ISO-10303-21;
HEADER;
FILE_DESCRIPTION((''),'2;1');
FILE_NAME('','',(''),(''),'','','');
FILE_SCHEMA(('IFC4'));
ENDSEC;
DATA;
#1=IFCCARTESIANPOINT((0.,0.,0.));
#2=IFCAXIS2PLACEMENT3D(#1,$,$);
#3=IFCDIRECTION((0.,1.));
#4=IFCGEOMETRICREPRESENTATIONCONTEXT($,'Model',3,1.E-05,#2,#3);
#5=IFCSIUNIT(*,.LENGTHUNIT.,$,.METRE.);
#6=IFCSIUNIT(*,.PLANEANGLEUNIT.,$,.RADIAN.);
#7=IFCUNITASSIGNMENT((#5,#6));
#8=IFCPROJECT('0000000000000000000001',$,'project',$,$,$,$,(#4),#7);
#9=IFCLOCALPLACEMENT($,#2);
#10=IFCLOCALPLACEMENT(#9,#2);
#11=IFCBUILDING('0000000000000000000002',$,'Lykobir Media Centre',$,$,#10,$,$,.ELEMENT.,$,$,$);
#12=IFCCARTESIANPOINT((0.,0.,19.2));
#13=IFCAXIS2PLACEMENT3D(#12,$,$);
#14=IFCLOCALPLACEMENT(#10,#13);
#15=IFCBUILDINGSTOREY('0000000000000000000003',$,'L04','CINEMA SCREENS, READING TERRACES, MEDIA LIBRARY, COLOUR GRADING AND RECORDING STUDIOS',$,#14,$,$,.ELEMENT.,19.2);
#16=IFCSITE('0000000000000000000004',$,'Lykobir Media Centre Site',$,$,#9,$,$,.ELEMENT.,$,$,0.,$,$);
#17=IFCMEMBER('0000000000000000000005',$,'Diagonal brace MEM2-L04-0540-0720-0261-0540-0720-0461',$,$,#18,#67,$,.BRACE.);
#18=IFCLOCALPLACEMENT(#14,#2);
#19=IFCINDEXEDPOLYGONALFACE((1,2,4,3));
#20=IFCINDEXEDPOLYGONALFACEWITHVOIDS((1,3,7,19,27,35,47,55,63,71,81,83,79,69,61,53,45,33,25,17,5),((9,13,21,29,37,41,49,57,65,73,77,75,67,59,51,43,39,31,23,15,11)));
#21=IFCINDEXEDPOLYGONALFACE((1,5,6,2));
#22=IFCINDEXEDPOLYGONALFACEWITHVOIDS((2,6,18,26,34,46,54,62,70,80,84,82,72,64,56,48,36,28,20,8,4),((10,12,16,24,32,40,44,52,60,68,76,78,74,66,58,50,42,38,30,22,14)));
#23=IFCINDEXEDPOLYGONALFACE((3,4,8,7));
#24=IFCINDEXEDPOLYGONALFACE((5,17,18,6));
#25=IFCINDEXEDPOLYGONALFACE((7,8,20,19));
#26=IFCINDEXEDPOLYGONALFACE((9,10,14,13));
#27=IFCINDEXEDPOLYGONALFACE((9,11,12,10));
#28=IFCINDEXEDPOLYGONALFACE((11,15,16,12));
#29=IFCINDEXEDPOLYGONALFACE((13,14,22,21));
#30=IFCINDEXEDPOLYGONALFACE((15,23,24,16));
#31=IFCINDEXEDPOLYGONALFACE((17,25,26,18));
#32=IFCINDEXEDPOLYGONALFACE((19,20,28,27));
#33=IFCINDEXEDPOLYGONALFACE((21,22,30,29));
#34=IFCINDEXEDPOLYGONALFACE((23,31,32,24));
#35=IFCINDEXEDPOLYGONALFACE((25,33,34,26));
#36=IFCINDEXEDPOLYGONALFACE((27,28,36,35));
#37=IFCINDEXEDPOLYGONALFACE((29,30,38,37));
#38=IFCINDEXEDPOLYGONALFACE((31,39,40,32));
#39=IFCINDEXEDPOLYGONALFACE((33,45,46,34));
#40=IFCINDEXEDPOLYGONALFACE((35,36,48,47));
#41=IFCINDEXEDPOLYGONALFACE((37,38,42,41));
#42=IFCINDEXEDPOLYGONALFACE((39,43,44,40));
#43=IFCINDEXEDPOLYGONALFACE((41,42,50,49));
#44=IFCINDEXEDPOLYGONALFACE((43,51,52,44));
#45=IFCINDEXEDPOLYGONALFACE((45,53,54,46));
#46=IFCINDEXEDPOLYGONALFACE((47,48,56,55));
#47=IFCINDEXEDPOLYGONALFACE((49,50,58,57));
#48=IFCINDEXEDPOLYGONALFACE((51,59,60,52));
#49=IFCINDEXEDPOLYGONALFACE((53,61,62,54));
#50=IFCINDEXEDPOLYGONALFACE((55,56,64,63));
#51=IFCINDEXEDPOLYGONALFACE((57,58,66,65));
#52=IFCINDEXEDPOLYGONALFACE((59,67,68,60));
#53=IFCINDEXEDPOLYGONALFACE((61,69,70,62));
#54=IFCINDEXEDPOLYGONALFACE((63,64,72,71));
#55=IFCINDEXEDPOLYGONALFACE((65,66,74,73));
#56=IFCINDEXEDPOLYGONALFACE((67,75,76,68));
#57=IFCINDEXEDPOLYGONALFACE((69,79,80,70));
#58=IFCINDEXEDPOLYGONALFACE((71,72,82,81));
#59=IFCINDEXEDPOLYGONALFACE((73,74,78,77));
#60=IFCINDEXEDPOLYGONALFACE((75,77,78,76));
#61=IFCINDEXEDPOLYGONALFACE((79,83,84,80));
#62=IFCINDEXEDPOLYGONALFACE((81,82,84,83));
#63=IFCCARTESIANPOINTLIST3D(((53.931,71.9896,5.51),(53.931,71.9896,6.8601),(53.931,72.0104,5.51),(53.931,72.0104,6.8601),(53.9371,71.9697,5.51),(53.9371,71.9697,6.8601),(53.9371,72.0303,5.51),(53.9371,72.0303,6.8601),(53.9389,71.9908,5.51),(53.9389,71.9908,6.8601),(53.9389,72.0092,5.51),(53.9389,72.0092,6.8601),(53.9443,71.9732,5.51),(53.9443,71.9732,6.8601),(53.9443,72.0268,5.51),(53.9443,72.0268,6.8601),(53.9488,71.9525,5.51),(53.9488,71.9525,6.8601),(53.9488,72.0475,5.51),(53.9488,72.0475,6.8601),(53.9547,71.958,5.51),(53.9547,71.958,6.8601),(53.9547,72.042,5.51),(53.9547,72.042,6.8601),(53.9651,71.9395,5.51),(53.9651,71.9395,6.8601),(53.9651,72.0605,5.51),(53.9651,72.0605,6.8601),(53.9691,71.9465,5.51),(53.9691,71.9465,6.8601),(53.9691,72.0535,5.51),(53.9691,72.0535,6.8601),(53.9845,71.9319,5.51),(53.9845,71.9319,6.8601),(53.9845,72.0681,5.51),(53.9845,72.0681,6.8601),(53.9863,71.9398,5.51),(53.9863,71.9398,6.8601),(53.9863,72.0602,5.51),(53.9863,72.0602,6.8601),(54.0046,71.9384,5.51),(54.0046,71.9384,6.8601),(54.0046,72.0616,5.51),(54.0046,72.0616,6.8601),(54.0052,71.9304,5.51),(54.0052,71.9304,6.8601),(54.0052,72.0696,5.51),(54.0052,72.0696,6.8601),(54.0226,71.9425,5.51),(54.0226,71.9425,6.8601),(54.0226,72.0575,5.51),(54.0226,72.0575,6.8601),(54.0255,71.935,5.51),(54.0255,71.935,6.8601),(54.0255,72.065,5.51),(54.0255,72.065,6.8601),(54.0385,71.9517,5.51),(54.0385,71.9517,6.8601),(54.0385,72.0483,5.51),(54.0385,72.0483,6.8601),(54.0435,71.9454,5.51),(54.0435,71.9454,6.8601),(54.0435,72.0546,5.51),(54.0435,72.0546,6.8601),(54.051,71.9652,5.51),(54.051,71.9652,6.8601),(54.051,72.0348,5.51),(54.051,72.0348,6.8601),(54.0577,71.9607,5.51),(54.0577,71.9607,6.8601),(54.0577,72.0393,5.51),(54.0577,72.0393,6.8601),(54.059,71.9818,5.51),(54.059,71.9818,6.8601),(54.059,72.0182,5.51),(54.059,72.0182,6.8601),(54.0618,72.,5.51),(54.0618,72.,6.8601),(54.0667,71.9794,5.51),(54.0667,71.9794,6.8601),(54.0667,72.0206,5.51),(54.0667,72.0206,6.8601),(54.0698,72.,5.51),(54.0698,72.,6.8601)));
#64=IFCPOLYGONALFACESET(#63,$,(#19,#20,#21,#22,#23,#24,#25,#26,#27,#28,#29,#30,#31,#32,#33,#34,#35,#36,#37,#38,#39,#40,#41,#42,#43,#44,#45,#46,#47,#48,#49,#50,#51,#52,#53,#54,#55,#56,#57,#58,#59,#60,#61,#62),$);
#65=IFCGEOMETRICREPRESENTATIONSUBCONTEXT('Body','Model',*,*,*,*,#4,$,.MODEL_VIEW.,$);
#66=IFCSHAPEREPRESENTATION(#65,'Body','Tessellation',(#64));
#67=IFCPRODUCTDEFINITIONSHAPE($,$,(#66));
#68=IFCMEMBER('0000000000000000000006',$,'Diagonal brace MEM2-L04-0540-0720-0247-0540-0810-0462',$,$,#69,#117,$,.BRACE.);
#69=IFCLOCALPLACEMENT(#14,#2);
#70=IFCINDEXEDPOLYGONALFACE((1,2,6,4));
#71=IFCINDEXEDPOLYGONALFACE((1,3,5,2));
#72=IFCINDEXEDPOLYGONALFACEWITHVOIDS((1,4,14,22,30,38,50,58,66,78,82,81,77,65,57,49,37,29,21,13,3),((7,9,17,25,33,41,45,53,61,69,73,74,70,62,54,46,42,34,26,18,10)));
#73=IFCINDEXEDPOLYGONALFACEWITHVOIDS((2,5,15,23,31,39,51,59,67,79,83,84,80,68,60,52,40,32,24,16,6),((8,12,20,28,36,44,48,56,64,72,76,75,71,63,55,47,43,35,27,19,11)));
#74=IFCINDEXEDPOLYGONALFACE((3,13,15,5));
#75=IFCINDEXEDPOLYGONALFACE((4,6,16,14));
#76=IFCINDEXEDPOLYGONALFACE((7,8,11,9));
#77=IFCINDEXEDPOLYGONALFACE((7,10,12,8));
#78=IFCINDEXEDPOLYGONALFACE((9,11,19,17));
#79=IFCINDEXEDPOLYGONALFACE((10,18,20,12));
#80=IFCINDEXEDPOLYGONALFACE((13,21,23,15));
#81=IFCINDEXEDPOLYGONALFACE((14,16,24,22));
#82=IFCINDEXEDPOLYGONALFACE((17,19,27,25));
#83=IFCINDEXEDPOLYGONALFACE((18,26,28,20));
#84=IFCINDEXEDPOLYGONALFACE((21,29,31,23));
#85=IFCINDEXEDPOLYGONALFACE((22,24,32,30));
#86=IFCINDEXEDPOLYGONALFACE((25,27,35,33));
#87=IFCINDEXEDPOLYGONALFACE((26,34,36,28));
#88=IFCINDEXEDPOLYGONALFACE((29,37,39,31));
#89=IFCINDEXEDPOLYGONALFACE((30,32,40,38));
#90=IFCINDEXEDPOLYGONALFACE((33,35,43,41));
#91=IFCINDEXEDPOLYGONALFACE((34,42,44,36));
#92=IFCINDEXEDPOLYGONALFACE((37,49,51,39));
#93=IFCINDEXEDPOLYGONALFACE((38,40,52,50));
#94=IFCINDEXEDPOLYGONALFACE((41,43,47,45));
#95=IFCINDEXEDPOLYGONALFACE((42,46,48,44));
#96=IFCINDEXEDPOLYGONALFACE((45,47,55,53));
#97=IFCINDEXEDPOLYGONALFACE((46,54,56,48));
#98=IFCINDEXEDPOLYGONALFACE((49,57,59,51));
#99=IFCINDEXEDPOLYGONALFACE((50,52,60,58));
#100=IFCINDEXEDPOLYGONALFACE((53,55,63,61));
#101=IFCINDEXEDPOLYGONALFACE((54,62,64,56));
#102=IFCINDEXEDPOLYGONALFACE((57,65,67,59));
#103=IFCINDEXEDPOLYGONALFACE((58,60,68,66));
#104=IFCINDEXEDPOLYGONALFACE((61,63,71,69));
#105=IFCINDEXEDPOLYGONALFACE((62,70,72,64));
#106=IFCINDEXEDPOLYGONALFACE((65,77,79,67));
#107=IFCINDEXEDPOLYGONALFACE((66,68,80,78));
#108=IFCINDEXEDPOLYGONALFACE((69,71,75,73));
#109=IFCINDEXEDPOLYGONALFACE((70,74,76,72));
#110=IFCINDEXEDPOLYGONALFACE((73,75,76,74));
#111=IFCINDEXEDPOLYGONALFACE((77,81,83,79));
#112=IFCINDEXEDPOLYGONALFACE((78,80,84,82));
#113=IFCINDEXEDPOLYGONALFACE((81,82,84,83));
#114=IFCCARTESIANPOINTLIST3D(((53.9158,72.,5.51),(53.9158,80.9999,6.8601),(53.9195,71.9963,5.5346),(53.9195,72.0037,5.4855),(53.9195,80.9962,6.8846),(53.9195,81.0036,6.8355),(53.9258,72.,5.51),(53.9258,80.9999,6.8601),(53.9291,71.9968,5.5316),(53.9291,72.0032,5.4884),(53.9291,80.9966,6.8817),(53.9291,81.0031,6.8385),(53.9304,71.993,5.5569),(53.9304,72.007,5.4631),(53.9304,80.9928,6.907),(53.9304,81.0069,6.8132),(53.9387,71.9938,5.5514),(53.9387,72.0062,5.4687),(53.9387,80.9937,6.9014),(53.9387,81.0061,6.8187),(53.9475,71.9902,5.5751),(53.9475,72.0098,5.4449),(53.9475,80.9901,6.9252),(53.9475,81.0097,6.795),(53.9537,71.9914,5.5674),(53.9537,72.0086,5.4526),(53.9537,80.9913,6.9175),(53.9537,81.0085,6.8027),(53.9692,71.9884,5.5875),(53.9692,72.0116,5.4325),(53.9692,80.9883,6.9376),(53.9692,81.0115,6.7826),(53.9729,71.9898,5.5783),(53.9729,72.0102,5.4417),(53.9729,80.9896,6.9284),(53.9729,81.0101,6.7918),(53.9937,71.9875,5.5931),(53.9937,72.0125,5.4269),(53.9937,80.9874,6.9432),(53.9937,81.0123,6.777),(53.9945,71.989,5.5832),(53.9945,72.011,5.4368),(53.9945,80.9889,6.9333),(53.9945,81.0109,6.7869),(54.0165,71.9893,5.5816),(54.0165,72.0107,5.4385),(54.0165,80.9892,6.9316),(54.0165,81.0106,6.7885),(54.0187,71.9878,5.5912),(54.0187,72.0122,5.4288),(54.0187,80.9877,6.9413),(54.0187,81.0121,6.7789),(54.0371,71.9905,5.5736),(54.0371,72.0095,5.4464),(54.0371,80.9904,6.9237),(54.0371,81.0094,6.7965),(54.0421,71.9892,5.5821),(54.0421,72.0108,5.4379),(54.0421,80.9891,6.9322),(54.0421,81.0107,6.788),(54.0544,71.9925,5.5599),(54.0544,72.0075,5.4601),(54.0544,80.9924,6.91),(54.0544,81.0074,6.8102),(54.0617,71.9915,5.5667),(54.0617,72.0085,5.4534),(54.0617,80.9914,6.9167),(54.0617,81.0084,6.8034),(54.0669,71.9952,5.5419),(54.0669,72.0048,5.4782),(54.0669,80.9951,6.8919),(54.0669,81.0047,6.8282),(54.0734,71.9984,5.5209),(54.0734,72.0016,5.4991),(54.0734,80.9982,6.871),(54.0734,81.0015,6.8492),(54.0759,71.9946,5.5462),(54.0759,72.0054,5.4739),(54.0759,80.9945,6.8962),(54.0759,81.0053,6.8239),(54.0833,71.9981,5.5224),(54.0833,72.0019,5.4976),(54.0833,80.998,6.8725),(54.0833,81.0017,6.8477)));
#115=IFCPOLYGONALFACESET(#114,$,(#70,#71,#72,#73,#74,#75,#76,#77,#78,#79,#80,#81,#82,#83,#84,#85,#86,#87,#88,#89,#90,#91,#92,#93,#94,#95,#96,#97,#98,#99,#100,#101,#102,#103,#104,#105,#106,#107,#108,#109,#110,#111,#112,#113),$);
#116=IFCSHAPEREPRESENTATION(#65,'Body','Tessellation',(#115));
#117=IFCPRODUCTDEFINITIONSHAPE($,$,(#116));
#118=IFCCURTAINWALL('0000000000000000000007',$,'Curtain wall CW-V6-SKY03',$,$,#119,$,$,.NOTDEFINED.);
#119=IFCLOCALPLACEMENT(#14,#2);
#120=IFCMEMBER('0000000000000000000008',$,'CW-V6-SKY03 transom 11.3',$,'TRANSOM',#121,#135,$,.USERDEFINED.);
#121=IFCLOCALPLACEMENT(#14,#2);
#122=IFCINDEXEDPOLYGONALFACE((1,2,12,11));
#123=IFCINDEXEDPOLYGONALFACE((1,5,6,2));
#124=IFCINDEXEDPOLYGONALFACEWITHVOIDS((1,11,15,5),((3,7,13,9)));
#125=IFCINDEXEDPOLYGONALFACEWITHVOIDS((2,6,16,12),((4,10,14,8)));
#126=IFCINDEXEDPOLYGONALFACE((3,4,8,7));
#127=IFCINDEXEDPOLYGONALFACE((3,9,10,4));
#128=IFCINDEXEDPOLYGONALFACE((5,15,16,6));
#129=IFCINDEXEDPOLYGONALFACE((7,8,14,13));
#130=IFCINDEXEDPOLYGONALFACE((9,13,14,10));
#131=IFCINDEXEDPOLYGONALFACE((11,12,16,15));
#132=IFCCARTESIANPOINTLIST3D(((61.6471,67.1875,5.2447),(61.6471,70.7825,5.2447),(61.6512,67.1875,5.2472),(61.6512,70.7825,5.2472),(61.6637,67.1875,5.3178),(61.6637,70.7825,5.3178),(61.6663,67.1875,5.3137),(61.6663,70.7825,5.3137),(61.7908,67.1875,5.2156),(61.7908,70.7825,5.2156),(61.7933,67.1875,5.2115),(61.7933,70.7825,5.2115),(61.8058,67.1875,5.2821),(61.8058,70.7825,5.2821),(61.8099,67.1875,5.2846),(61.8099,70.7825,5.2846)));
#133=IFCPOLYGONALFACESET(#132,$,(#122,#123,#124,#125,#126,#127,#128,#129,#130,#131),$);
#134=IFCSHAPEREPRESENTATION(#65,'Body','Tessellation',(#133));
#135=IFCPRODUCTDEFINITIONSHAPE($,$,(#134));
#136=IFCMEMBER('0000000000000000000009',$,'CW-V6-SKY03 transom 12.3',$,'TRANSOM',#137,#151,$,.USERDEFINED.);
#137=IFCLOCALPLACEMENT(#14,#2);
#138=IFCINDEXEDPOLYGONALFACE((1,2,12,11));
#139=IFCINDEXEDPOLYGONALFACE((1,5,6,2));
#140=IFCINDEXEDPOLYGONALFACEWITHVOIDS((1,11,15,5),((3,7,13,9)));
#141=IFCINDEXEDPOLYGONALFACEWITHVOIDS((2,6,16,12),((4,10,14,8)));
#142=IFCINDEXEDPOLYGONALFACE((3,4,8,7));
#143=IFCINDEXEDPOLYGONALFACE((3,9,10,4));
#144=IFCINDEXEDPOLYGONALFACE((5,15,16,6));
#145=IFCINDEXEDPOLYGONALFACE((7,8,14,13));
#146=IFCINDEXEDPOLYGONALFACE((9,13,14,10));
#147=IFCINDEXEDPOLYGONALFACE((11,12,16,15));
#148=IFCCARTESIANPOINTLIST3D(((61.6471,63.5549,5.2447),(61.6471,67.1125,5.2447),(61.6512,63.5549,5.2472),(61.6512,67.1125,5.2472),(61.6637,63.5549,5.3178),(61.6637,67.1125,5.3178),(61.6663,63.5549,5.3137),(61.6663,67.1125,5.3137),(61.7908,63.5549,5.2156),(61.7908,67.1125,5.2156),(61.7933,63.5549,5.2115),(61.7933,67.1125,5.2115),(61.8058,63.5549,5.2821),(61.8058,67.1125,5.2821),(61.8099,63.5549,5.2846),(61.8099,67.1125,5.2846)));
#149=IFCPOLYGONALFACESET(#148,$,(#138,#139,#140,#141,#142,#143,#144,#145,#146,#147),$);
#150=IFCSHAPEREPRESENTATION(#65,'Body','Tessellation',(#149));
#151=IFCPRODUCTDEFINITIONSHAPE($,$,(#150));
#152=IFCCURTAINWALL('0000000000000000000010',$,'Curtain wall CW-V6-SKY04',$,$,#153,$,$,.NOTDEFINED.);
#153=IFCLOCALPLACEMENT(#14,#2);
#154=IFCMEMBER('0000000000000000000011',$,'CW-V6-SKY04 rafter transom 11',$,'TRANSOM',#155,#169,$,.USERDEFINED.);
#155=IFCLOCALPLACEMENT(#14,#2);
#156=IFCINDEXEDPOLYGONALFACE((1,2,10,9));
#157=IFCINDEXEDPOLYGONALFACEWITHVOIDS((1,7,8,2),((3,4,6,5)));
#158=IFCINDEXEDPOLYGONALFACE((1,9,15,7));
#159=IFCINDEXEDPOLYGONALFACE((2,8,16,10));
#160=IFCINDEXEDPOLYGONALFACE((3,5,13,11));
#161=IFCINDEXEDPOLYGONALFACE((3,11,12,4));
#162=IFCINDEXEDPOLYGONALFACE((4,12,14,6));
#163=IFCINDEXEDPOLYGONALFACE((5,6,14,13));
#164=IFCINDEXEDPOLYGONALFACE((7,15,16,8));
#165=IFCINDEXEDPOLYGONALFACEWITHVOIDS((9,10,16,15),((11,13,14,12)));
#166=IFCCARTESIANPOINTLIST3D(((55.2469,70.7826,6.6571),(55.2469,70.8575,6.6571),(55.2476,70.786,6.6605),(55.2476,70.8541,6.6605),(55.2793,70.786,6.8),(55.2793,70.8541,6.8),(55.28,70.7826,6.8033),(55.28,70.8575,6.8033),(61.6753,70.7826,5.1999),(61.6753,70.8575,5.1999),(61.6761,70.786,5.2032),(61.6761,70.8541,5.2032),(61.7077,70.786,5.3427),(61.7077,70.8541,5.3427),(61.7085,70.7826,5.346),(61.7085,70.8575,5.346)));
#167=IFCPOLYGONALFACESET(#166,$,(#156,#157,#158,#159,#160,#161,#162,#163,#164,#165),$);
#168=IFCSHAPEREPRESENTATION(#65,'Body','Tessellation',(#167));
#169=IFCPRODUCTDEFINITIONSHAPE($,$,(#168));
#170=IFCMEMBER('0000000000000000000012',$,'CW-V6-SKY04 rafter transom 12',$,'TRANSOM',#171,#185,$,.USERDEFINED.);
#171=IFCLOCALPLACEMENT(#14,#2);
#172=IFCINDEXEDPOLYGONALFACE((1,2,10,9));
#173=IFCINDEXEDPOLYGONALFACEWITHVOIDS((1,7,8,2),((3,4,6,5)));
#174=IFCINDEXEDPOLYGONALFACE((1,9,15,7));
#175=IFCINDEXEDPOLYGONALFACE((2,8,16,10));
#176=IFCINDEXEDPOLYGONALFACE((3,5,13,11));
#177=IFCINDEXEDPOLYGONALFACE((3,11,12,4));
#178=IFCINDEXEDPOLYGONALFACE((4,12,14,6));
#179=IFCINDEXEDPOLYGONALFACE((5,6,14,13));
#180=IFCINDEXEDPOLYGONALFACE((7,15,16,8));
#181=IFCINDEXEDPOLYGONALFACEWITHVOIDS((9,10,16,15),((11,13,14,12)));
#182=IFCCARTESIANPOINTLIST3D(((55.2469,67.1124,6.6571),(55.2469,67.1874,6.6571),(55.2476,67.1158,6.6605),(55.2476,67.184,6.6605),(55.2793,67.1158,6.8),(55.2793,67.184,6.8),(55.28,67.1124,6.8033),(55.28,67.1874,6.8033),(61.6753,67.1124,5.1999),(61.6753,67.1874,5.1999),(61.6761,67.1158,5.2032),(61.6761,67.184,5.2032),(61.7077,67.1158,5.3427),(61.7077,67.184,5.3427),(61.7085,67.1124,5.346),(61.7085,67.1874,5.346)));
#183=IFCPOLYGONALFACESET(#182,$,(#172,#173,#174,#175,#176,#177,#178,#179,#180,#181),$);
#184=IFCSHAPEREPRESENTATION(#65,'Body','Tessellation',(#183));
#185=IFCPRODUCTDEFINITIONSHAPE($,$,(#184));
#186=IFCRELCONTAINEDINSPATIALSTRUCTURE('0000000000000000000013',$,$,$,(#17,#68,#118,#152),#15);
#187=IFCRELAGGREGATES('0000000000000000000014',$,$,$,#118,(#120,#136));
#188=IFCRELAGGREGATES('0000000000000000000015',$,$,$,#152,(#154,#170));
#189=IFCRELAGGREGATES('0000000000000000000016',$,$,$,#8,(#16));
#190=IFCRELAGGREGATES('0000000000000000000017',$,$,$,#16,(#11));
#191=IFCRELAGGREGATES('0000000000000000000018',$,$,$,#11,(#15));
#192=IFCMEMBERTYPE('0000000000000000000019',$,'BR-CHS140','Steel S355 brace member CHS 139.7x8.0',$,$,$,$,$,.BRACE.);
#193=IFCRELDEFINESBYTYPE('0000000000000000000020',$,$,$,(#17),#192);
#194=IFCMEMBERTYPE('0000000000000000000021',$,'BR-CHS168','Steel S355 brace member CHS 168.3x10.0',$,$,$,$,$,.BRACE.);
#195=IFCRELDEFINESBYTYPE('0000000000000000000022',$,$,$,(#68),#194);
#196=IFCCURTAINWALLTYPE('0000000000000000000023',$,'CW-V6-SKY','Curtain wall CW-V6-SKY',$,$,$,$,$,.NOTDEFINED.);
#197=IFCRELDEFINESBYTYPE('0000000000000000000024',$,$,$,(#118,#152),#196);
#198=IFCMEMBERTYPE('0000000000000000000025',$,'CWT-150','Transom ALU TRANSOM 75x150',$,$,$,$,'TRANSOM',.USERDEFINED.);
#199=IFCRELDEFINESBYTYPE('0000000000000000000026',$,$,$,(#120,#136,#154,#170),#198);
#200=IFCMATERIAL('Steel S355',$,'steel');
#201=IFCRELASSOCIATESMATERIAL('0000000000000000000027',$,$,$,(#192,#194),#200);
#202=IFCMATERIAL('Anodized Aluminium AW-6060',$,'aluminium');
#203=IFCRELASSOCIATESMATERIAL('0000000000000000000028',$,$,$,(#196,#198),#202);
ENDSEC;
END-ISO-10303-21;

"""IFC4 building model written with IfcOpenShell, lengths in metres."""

from ifc_helpers import new_model, si_unit, direction, frame, origin, origin_2d, place, context, subcontext, project, spatial, hollow_rectangle, hollow_circle, extrude, material, material_profile, profile_set, type_object, element, aggregate, save


model = new_model("IFC4")

# Units and contexts
model_context = context("Model", 3, precision=1e-05, world=origin(), true_north=direction((0.0, 1.0)))
body_context = subcontext(model_context, "Body", "Model", "MODEL_VIEW")
ifc_project = project(units=[si_unit("LENGTHUNIT", "METRE"), si_unit("PLANEANGLEUNIT", "RADIAN")], contexts=[model_context])

# Site, building, storey
site_placement = place(None, origin())
site = spatial("IfcSite", under=ifc_project, at=site_placement, Name="Lykobir Media Centre Site", CompositionType="ELEMENT", RefElevation=0.0)
building_placement = place(site_placement, origin())
building = spatial("IfcBuilding", under=site, at=building_placement, Name="Lykobir Media Centre", CompositionType="ELEMENT")
storey_placement = place(building_placement, frame((0.0, 0.0, 19.2)))
storey = spatial("IfcBuildingStorey", under=building, at=storey_placement, Name="L04", Description="CINEMA SCREENS, READING TERRACES, MEDIA LIBRARY, COLOUR GRADING AND RECORDING STUDIOS", CompositionType="ELEMENT", Elevation=19.2)

# Members
ifc_material_1 = material(Name="Steel S355", Category="steel")
ifc_material_profile_1 = material_profile(ifc_material_1, hollow_circle(Radius=0.0698, WallThickness=0.0081, at=origin_2d()), Name="CHS 139.7x8.0")
ifc_profile_set_1 = profile_set([ifc_material_profile_1], Name="Steel S355")
member_type_1 = type_object("IfcMemberType", Name="BR-CHS140", Description="Steel S355 brace member CHS 139.7x8.0", PredefinedType="BRACE", material=ifc_profile_set_1)
member_1_placement = place(storey_placement, frame((54.0, 72.0, 6.8601), z_axis=(0.0, 0.0, -1.0), x_axis=(1.0, 0.0, 0.0)))
element("IfcMember", 1, at=member_1_placement, inside=storey, type_object=member_type_1, Name="Diagonal brace MEM2-L04-0540-0720-0261-0540-0720-0461", PredefinedType="BRACE", context=body_context, shape_type="SweptSolid", body=[
    extrude(hollow_circle(Radius=0.0698, WallThickness=0.0081, at=origin_2d()), origin(), (0.0, 0.0, 1.0), 1.3501),
])
ifc_material_profile_2 = material_profile(ifc_material_1, hollow_circle(Radius=0.0842, WallThickness=0.01, at=origin_2d()), Name="CHS 168.3x10.0")
ifc_profile_set_2 = profile_set([ifc_material_profile_2], Name="Steel S355")
member_type_2 = type_object("IfcMemberType", Name="BR-CHS168", Description="Steel S355 brace member CHS 168.3x10.0", PredefinedType="BRACE", material=ifc_profile_set_2)
member_2_placement = place(storey_placement, frame((54.0, 72.0, 5.51), z_axis=(0.0, 0.988935, 0.148351), x_axis=(-1.0, 0.0, 0.0)))
element("IfcMember", 2, at=member_2_placement, inside=storey, type_object=member_type_2, Name="Diagonal brace MEM2-L04-0540-0720-0247-0540-0810-0462", PredefinedType="BRACE", context=body_context, shape_type="SweptSolid", body=[
    extrude(hollow_circle(Radius=0.0842, WallThickness=0.01, at=origin_2d()), origin(), (0.0, 0.0, 1.0), 9.1006),
])

# Curtain walls, members
ifc_material_2 = material(Name="Anodized Aluminium AW-6060", Category="aluminium")
curtain_wall_type = type_object("IfcCurtainWallType", Name="CW-V6-SKY", Description="Curtain wall CW-V6-SKY", PredefinedType="NOTDEFINED", material=ifc_material_2)
curtain_wall_1_placement = place(storey_placement, origin())
curtain_wall_1 = element("IfcCurtainWall", 3, at=curtain_wall_1_placement, inside=storey, type_object=curtain_wall_type, Name="Curtain wall CW-V6-SKY03", PredefinedType="NOTDEFINED")
ifc_material_profile_3 = material_profile(ifc_material_2, hollow_rectangle(XDim=0.075, YDim=0.1499, WallThickness=0.0034, at=origin_2d()), Name="ALU TRANSOM 75x150")
ifc_profile_set_3 = profile_set([ifc_material_profile_3], Name="Anodized Aluminium AW-6060")
member_type_3 = type_object("IfcMemberType", Name="CWT-150", Description="Transom ALU TRANSOM 75x150", ElementType="TRANSOM", PredefinedType="USERDEFINED", material=ifc_profile_set_3)
member_3_placement = place(storey_placement, frame((61.7285, 70.7825, 5.2646), z_axis=(0.0, -1.0, 0.0), x_axis=(0.221055, 0.0, 0.975261)))
member_3 = element("IfcMember", 4, at=member_3_placement, type_object=member_type_3, Name="CW-V6-SKY03 transom 11.3", ObjectType="TRANSOM", PredefinedType="USERDEFINED", context=body_context, shape_type="SweptSolid", body=[
    extrude(hollow_rectangle(XDim=0.075, YDim=0.1499, WallThickness=0.0034, at=origin_2d()), origin(), (0.0, 0.0, 1.0), 3.595),
])
member_4_placement = place(storey_placement, frame((61.7285, 67.1125, 5.2646), z_axis=(0.0, -1.0, 0.0), x_axis=(0.221055, 0.0, 0.975261)))
member_4 = element("IfcMember", 5, at=member_4_placement, type_object=member_type_3, Name="CW-V6-SKY03 transom 12.3", ObjectType="TRANSOM", PredefinedType="USERDEFINED", context=body_context, shape_type="SweptSolid", body=[
    extrude(hollow_rectangle(XDim=0.075, YDim=0.1499, WallThickness=0.0034, at=origin_2d()), origin(), (0.0, 0.0, 1.0), 3.5576),
])
aggregate(curtain_wall_1, [member_3, member_4])
curtain_wall_2_placement = place(storey_placement, origin())
curtain_wall_2 = element("IfcCurtainWall", 6, at=curtain_wall_2_placement, inside=storey, type_object=curtain_wall_type, Name="Curtain wall CW-V6-SKY04", PredefinedType="NOTDEFINED")
member_5_placement = place(storey_placement, frame((61.6919, 70.8201, 5.2729), z_axis=(-0.975255, 0.0, 0.221082), x_axis=(0.0, -1.0, 0.0)))
member_5 = element("IfcMember", 7, at=member_5_placement, type_object=member_type_3, Name="CW-V6-SKY04 rafter transom 11", ObjectType="TRANSOM", PredefinedType="USERDEFINED", context=body_context, shape_type="SweptSolid", body=[
    extrude(hollow_rectangle(XDim=0.075, YDim=0.1499, WallThickness=0.0034, at=origin_2d()), origin(), (0.0, 0.0, 1.0), 6.5916),
])
member_6_placement = place(storey_placement, frame((61.6919, 67.1499, 5.2729), z_axis=(-0.975255, 0.0, 0.221082), x_axis=(0.0, -1.0, 0.0)))
member_6 = element("IfcMember", 8, at=member_6_placement, type_object=member_type_3, Name="CW-V6-SKY04 rafter transom 12", ObjectType="TRANSOM", PredefinedType="USERDEFINED", context=body_context, shape_type="SweptSolid", body=[
    extrude(hollow_rectangle(XDim=0.075, YDim=0.1499, WallThickness=0.0034, at=origin_2d()), origin(), (0.0, 0.0, 1.0), 6.5916),
])

aggregate(curtain_wall_2, [member_5, member_6])

save(model, "model.ifc")
